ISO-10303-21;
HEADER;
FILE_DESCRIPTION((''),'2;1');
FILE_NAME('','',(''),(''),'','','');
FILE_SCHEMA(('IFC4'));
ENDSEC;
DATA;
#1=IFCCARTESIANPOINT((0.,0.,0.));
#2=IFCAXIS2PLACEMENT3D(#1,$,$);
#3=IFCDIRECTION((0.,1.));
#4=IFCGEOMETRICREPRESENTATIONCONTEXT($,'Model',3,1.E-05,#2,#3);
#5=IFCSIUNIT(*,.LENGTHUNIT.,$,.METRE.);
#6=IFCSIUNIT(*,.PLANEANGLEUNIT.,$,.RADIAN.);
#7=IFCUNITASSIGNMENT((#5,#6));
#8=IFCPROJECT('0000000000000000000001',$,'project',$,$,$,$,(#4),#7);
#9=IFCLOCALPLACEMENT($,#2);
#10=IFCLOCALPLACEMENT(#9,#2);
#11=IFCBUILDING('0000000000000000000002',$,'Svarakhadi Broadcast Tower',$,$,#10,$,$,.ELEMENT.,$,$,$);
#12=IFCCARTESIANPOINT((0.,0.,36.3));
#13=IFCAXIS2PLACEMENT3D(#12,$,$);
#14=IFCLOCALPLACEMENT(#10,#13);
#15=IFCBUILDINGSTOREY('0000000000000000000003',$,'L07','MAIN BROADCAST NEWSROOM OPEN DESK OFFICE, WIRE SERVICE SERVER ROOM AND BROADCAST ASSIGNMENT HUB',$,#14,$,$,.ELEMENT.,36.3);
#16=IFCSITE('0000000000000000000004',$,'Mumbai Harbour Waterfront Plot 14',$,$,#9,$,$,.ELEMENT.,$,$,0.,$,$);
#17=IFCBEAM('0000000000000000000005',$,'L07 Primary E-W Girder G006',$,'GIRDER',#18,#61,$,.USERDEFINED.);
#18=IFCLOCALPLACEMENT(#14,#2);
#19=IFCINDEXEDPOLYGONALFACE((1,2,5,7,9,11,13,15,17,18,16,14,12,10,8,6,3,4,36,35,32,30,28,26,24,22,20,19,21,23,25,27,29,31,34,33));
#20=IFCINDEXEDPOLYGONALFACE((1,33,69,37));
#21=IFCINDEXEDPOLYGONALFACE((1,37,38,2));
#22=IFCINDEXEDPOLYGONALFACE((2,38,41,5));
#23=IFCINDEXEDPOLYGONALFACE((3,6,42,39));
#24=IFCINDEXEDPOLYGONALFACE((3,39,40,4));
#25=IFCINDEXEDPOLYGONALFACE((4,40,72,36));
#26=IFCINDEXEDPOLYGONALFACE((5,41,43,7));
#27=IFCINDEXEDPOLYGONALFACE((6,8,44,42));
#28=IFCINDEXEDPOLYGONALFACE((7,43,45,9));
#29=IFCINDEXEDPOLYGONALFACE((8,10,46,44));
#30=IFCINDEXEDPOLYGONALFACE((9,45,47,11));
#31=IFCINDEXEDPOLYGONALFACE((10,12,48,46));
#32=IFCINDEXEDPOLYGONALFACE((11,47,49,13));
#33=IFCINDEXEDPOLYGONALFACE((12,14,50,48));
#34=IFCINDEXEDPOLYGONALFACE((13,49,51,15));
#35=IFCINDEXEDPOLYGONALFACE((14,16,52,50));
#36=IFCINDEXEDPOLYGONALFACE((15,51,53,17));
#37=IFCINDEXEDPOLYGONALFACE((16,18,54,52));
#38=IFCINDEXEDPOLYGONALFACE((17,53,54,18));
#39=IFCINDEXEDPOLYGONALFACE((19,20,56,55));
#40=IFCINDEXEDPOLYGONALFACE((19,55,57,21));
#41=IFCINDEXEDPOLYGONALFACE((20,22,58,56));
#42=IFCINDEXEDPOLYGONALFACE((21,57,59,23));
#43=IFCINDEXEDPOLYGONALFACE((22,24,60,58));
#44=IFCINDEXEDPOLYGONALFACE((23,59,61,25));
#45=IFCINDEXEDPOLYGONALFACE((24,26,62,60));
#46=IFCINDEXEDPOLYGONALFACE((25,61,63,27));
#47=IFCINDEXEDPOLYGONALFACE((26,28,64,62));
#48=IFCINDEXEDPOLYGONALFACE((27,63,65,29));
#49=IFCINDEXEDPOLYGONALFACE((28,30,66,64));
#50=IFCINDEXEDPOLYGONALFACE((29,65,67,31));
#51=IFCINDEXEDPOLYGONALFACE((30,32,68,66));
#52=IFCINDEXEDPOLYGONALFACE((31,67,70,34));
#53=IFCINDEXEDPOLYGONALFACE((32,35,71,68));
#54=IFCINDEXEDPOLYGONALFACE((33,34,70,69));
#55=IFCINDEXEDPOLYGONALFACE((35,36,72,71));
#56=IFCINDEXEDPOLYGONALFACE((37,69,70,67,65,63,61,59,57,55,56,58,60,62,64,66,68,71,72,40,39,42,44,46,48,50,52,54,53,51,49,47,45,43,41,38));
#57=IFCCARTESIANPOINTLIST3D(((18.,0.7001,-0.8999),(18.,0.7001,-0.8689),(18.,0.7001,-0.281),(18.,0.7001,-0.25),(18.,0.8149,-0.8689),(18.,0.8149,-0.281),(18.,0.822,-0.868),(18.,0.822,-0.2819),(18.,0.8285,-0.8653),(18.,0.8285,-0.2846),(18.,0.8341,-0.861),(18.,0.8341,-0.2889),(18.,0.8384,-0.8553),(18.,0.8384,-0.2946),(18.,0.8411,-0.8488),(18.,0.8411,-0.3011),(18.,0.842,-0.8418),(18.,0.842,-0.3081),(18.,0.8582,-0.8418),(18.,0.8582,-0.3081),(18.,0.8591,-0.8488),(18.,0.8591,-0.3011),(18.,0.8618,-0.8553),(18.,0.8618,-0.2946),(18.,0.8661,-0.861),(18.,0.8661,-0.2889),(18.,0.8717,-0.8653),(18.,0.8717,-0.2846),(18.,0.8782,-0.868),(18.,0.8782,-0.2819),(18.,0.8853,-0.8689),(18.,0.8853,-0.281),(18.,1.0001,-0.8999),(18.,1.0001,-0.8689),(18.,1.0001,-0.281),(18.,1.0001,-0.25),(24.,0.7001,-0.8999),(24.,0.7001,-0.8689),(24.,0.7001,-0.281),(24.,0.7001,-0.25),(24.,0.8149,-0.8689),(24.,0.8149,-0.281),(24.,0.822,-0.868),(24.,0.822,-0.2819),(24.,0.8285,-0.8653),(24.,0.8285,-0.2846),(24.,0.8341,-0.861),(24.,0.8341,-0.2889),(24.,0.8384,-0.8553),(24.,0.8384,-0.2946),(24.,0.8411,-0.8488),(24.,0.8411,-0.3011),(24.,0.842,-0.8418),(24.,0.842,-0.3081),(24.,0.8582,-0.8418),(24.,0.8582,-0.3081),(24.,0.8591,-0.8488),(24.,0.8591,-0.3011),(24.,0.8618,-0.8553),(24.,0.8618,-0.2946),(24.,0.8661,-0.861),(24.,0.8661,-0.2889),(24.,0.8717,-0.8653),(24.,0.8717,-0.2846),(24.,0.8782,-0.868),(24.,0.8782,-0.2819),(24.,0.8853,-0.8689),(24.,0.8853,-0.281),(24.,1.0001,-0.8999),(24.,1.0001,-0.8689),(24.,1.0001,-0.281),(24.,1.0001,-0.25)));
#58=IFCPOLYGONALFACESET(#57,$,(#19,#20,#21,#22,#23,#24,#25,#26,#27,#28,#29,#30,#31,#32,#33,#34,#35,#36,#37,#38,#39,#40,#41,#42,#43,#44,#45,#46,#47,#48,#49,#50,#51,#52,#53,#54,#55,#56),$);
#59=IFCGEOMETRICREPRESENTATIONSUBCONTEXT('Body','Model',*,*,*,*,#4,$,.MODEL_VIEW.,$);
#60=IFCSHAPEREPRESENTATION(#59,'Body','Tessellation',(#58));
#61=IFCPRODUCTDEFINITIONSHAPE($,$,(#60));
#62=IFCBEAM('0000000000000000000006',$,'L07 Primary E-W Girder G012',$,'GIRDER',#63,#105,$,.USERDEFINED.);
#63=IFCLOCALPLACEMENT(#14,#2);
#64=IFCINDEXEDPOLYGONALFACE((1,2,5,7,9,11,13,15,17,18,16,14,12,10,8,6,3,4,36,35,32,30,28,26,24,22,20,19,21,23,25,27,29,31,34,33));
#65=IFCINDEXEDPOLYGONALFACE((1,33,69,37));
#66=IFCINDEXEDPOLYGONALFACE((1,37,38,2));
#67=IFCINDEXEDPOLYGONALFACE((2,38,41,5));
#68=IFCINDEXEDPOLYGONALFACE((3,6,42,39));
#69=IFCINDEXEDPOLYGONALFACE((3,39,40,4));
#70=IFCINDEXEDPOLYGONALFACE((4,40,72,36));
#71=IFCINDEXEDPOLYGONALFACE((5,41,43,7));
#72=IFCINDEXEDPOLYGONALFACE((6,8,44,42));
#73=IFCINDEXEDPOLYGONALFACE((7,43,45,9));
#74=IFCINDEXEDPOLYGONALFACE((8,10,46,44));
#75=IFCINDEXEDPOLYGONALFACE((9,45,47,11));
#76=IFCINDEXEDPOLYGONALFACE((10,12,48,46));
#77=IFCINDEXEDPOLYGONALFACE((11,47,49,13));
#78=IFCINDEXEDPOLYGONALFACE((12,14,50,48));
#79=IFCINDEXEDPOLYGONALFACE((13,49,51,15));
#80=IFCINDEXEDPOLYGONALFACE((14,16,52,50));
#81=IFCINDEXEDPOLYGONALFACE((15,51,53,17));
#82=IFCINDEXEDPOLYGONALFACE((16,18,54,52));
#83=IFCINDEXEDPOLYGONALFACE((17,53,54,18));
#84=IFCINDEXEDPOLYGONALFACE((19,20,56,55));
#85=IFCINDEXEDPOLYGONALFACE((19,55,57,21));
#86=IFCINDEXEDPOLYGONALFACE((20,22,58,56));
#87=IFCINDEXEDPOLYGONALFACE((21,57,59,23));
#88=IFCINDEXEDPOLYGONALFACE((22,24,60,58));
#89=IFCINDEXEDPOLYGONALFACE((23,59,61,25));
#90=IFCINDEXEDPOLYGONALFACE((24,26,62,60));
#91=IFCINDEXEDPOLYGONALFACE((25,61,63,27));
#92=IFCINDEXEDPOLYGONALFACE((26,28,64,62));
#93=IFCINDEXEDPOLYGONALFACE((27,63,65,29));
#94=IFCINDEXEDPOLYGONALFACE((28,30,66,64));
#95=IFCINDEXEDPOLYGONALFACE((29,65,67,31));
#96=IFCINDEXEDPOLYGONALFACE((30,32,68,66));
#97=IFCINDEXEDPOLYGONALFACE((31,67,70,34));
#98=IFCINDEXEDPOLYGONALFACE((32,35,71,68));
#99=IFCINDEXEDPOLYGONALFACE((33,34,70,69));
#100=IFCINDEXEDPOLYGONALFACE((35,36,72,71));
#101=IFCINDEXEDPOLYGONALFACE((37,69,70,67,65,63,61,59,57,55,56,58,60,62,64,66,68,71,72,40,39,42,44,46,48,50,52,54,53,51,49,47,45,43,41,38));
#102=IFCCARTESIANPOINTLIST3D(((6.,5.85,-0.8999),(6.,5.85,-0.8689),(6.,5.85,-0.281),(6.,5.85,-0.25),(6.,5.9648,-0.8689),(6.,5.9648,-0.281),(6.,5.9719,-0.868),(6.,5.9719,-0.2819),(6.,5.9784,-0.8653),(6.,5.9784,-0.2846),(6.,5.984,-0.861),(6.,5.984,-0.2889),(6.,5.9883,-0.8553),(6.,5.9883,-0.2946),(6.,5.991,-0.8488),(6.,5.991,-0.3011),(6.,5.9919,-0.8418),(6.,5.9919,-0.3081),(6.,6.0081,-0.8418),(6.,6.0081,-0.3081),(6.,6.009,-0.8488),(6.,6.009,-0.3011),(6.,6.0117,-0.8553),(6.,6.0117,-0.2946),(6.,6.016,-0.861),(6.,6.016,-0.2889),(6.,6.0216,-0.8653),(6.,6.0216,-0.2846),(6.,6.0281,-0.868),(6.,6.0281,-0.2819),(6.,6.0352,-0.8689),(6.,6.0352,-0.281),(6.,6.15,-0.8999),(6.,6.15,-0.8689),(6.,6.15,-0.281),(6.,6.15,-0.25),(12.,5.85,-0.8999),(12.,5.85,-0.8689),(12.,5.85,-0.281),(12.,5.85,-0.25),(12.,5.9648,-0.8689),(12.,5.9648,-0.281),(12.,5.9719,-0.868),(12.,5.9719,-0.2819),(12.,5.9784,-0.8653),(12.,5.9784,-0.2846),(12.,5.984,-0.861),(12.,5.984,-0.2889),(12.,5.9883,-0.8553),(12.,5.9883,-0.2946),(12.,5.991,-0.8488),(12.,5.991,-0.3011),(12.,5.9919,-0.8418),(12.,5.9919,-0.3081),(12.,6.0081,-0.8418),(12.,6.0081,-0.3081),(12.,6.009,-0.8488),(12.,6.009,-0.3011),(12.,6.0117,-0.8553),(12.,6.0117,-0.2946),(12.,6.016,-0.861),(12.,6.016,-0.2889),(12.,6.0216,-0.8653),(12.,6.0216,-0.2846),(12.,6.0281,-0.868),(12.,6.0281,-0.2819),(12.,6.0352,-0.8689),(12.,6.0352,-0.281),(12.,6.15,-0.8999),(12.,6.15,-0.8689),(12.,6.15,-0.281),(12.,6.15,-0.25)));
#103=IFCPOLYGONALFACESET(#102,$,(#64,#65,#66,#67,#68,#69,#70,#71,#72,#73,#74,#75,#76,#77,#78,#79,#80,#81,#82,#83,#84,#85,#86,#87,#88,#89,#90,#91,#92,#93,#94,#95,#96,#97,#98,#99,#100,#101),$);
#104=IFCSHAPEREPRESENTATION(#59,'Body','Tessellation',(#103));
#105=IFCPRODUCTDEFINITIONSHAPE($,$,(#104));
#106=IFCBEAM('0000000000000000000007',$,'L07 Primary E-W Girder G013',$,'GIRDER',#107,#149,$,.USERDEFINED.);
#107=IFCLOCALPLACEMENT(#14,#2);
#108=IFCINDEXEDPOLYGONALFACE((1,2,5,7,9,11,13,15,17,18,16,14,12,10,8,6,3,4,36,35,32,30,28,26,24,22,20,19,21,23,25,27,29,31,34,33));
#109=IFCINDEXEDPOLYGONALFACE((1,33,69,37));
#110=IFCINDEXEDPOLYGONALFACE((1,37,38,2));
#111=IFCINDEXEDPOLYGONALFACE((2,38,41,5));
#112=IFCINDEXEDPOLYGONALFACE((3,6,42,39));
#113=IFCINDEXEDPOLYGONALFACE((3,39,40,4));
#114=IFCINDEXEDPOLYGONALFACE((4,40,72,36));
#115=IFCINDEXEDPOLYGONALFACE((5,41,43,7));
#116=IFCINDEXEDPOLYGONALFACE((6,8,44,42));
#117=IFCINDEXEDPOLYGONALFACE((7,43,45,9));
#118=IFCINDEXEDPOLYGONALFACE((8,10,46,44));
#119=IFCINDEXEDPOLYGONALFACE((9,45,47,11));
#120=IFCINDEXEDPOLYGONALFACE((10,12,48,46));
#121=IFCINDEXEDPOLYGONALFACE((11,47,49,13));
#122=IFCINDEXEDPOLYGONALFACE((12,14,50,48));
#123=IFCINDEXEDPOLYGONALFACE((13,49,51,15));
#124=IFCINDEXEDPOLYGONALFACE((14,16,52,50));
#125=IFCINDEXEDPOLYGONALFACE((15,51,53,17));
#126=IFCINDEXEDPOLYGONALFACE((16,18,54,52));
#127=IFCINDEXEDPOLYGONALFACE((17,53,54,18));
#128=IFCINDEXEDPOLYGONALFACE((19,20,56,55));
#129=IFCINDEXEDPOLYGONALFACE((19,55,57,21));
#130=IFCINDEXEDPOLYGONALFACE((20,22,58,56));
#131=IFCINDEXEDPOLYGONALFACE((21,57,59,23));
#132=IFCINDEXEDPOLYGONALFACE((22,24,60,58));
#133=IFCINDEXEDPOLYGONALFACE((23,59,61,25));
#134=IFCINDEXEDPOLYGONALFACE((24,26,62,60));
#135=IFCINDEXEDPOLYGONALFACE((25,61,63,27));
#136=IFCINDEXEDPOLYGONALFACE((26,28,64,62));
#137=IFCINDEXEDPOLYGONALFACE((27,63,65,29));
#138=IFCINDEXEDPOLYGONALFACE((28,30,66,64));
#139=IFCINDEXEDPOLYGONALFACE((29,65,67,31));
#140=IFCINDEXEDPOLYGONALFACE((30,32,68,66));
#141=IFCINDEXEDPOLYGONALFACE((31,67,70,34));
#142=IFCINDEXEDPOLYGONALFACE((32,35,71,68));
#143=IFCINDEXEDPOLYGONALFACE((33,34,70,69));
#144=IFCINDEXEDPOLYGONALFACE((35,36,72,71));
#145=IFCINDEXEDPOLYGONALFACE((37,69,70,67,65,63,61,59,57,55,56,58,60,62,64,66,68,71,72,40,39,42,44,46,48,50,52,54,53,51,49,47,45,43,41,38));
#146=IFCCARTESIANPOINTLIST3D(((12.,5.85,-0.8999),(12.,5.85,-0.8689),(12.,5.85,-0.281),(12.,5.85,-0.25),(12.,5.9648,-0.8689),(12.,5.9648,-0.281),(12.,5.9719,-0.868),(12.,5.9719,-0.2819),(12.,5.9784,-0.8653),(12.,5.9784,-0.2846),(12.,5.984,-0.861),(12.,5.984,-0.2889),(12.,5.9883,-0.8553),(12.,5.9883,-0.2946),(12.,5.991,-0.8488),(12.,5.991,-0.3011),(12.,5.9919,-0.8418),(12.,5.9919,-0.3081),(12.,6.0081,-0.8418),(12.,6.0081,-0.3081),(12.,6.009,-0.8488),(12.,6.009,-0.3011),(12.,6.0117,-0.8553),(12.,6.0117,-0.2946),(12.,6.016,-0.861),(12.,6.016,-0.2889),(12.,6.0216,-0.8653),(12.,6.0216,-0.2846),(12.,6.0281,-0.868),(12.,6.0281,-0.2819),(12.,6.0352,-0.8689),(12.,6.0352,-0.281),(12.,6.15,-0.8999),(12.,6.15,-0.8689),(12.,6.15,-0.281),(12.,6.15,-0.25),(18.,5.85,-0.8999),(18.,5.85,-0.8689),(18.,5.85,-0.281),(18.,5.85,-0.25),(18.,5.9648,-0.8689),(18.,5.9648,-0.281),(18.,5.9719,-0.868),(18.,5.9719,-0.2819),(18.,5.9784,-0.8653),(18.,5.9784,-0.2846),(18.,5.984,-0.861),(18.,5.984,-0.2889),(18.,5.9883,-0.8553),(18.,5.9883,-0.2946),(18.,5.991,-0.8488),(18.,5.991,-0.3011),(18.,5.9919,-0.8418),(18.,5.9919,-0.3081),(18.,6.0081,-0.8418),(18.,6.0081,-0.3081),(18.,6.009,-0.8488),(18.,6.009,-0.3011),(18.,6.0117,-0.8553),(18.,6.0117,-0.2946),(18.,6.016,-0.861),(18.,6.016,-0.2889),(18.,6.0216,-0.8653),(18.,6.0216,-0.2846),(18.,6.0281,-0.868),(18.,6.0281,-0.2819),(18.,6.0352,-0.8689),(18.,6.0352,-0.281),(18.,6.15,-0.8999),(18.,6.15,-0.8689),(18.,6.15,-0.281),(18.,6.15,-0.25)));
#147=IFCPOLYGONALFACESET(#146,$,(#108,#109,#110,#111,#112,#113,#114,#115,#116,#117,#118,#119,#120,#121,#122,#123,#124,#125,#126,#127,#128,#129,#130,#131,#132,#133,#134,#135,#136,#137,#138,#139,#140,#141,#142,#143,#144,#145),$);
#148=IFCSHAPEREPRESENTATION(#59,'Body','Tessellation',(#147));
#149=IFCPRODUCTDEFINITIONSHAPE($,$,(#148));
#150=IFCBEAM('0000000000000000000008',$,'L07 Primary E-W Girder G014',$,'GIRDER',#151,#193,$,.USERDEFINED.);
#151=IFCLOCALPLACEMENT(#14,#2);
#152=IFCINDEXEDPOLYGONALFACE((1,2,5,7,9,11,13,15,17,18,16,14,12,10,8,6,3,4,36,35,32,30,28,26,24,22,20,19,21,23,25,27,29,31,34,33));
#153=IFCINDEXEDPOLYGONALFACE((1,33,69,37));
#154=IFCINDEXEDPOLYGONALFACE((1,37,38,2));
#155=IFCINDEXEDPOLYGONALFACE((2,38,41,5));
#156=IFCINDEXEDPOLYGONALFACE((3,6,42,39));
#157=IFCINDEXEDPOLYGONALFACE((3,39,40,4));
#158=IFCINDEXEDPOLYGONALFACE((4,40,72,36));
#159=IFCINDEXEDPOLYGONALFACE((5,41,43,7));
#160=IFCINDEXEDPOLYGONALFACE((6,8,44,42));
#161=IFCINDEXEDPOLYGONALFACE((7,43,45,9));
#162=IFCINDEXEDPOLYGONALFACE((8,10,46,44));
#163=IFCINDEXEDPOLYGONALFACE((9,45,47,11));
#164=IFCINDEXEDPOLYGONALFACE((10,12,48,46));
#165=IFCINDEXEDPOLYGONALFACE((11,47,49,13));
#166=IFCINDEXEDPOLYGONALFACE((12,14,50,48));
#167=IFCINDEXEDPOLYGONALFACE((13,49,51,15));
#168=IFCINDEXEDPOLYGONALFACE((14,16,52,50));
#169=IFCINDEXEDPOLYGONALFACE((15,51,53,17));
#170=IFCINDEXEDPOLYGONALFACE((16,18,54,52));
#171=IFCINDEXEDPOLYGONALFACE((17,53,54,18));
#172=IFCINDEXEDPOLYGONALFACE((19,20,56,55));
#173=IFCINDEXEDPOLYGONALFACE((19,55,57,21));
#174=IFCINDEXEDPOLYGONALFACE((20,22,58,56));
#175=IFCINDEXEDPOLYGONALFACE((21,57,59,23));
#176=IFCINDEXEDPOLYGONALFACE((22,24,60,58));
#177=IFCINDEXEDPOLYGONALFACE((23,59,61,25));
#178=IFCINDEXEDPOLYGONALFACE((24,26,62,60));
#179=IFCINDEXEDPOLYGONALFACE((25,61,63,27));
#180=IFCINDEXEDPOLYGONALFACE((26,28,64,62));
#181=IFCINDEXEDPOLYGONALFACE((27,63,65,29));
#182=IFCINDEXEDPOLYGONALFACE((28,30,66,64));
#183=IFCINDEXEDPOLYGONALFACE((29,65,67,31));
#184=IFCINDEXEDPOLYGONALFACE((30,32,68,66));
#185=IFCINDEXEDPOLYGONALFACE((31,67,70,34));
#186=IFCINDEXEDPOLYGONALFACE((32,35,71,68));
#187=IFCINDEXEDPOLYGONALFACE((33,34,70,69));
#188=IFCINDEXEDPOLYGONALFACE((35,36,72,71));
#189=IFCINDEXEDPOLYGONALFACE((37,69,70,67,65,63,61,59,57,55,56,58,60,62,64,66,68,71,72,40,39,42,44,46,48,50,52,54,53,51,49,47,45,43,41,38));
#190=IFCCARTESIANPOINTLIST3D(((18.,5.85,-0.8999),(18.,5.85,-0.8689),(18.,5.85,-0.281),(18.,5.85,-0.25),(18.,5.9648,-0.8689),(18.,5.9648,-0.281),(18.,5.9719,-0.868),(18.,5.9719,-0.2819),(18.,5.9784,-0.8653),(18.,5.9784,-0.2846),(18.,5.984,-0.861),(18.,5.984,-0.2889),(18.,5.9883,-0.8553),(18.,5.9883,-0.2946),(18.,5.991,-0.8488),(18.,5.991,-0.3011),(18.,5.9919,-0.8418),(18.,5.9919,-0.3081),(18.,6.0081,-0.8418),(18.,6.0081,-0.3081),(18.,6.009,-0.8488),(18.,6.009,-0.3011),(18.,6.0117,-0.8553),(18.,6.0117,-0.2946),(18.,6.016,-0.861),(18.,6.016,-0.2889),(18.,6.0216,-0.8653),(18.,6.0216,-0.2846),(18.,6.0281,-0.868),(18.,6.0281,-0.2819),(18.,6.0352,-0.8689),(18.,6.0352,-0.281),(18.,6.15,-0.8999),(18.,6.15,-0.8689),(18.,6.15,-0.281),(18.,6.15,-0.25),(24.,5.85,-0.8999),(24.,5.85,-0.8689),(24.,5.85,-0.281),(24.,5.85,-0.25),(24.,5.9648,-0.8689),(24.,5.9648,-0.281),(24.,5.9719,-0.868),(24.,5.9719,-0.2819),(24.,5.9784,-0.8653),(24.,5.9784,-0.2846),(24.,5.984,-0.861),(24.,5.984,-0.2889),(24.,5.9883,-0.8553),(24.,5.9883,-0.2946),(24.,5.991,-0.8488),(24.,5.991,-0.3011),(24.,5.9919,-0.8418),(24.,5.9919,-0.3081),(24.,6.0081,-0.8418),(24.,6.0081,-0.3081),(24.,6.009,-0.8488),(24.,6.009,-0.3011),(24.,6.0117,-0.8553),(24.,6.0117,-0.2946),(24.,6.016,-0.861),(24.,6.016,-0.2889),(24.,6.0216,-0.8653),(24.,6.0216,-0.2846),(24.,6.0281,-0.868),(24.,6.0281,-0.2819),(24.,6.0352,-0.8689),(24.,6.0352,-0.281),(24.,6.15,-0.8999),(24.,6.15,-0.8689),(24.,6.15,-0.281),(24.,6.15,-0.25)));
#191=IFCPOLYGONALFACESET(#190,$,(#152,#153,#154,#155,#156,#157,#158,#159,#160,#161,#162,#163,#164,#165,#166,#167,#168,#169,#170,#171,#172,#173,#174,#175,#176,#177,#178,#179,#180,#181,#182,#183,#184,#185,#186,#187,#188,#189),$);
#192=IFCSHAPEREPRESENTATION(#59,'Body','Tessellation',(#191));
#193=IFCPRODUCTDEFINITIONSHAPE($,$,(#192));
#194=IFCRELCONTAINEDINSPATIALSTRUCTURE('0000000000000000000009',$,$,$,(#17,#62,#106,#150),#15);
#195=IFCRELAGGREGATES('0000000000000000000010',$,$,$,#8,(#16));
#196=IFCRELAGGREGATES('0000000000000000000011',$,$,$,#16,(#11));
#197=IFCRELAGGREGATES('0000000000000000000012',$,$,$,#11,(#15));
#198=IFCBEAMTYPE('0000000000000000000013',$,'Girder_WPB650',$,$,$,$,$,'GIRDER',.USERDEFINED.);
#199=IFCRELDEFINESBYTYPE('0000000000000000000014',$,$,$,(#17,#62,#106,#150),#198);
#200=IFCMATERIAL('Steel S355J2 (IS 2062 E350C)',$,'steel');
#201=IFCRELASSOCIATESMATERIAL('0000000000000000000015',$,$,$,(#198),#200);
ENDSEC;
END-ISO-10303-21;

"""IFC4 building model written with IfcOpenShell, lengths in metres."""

from ifc_helpers import new_model, si_unit, direction, frame, origin, origin_2d, place, context, subcontext, project, spatial, i_section, extrude, material, material_profile, profile_set, type_object, element, save


model = new_model("IFC4")

# Units and contexts
model_context = context("Model", 3, precision=1e-05, world=origin(), true_north=direction((0.0, 1.0)))
body_context = subcontext(model_context, "Body", "Model", "MODEL_VIEW")
ifc_project = project(units=[si_unit("LENGTHUNIT", "METRE"), si_unit("PLANEANGLEUNIT", "RADIAN")], contexts=[model_context])

# Site, building, storey
site_placement = place(None, origin())
site = spatial("IfcSite", under=ifc_project, at=site_placement, Name="Mumbai Harbour Waterfront Plot 14", CompositionType="ELEMENT", RefElevation=0.0)
building_placement = place(site_placement, origin())
building = spatial("IfcBuilding", under=site, at=building_placement, Name="Svarakhadi Broadcast Tower", CompositionType="ELEMENT")
storey_placement = place(building_placement, frame((0.0, 0.0, 36.3)))
storey = spatial("IfcBuildingStorey", under=building, at=storey_placement, Name="L07", Description="MAIN BROADCAST NEWSROOM OPEN DESK OFFICE, WIRE SERVICE SERVER ROOM AND BROADCAST ASSIGNMENT HUB", CompositionType="ELEMENT", Elevation=36.3)

# Shared definitions
ifc_material_1 = material(Name="Steel S355J2 (IS 2062 E350C)", Category="steel")

# Beams
ifc_material_profile_1 = material_profile(ifc_material_1, i_section(OverallWidth=0.3, OverallDepth=0.6499, WebThickness=0.0161, FlangeThickness=0.031, FilletRadius=0.0271, at=origin_2d()), Name="WPB 650x300x225")
ifc_profile_set_1 = profile_set([ifc_material_profile_1], Name="Steel S355J2 (IS 2062 E350C)")
beam_type_1 = type_object("IfcBeamType", Name="Girder_WPB650", ElementType="GIRDER", PredefinedType="USERDEFINED", material=ifc_profile_set_1)
for number, where, z_axis, x_axis, name in (
    (1, (18.0, 0.8501, -0.575), (1.0, 0.0, 0.0), (0.0, 1.0, 0.0), "L07 Primary E-W Girder G006"),
    (2, (6.0, 6.0, -0.575), (1.0, 0.0, 0.0), (0.0, 1.0, 0.0), "L07 Primary E-W Girder G012"),
    (3, (12.0, 6.0, -0.575), (1.0, 0.0, 0.0), (0.0, 1.0, 0.0), "L07 Primary E-W Girder G013"),
    (4, (18.0, 6.0, -0.575), (1.0, 0.0, 0.0), (0.0, 1.0, 0.0), "L07 Primary E-W Girder G014"),
):
    element("IfcBeam", number, at=place(storey_placement, frame(where, z_axis=z_axis, x_axis=x_axis)), inside=storey, type_object=beam_type_1, Name=name, ObjectType="GIRDER", PredefinedType="USERDEFINED", context=body_context, shape_type="SweptSolid", body=[
        extrude(i_section(OverallWidth=0.3, OverallDepth=0.6499, WebThickness=0.0161, FlangeThickness=0.031, FilletRadius=0.0271, at=origin_2d()), origin(), (0.0, 0.0, 1.0), 6.0),
    ])

save(model, "model.ifc")
